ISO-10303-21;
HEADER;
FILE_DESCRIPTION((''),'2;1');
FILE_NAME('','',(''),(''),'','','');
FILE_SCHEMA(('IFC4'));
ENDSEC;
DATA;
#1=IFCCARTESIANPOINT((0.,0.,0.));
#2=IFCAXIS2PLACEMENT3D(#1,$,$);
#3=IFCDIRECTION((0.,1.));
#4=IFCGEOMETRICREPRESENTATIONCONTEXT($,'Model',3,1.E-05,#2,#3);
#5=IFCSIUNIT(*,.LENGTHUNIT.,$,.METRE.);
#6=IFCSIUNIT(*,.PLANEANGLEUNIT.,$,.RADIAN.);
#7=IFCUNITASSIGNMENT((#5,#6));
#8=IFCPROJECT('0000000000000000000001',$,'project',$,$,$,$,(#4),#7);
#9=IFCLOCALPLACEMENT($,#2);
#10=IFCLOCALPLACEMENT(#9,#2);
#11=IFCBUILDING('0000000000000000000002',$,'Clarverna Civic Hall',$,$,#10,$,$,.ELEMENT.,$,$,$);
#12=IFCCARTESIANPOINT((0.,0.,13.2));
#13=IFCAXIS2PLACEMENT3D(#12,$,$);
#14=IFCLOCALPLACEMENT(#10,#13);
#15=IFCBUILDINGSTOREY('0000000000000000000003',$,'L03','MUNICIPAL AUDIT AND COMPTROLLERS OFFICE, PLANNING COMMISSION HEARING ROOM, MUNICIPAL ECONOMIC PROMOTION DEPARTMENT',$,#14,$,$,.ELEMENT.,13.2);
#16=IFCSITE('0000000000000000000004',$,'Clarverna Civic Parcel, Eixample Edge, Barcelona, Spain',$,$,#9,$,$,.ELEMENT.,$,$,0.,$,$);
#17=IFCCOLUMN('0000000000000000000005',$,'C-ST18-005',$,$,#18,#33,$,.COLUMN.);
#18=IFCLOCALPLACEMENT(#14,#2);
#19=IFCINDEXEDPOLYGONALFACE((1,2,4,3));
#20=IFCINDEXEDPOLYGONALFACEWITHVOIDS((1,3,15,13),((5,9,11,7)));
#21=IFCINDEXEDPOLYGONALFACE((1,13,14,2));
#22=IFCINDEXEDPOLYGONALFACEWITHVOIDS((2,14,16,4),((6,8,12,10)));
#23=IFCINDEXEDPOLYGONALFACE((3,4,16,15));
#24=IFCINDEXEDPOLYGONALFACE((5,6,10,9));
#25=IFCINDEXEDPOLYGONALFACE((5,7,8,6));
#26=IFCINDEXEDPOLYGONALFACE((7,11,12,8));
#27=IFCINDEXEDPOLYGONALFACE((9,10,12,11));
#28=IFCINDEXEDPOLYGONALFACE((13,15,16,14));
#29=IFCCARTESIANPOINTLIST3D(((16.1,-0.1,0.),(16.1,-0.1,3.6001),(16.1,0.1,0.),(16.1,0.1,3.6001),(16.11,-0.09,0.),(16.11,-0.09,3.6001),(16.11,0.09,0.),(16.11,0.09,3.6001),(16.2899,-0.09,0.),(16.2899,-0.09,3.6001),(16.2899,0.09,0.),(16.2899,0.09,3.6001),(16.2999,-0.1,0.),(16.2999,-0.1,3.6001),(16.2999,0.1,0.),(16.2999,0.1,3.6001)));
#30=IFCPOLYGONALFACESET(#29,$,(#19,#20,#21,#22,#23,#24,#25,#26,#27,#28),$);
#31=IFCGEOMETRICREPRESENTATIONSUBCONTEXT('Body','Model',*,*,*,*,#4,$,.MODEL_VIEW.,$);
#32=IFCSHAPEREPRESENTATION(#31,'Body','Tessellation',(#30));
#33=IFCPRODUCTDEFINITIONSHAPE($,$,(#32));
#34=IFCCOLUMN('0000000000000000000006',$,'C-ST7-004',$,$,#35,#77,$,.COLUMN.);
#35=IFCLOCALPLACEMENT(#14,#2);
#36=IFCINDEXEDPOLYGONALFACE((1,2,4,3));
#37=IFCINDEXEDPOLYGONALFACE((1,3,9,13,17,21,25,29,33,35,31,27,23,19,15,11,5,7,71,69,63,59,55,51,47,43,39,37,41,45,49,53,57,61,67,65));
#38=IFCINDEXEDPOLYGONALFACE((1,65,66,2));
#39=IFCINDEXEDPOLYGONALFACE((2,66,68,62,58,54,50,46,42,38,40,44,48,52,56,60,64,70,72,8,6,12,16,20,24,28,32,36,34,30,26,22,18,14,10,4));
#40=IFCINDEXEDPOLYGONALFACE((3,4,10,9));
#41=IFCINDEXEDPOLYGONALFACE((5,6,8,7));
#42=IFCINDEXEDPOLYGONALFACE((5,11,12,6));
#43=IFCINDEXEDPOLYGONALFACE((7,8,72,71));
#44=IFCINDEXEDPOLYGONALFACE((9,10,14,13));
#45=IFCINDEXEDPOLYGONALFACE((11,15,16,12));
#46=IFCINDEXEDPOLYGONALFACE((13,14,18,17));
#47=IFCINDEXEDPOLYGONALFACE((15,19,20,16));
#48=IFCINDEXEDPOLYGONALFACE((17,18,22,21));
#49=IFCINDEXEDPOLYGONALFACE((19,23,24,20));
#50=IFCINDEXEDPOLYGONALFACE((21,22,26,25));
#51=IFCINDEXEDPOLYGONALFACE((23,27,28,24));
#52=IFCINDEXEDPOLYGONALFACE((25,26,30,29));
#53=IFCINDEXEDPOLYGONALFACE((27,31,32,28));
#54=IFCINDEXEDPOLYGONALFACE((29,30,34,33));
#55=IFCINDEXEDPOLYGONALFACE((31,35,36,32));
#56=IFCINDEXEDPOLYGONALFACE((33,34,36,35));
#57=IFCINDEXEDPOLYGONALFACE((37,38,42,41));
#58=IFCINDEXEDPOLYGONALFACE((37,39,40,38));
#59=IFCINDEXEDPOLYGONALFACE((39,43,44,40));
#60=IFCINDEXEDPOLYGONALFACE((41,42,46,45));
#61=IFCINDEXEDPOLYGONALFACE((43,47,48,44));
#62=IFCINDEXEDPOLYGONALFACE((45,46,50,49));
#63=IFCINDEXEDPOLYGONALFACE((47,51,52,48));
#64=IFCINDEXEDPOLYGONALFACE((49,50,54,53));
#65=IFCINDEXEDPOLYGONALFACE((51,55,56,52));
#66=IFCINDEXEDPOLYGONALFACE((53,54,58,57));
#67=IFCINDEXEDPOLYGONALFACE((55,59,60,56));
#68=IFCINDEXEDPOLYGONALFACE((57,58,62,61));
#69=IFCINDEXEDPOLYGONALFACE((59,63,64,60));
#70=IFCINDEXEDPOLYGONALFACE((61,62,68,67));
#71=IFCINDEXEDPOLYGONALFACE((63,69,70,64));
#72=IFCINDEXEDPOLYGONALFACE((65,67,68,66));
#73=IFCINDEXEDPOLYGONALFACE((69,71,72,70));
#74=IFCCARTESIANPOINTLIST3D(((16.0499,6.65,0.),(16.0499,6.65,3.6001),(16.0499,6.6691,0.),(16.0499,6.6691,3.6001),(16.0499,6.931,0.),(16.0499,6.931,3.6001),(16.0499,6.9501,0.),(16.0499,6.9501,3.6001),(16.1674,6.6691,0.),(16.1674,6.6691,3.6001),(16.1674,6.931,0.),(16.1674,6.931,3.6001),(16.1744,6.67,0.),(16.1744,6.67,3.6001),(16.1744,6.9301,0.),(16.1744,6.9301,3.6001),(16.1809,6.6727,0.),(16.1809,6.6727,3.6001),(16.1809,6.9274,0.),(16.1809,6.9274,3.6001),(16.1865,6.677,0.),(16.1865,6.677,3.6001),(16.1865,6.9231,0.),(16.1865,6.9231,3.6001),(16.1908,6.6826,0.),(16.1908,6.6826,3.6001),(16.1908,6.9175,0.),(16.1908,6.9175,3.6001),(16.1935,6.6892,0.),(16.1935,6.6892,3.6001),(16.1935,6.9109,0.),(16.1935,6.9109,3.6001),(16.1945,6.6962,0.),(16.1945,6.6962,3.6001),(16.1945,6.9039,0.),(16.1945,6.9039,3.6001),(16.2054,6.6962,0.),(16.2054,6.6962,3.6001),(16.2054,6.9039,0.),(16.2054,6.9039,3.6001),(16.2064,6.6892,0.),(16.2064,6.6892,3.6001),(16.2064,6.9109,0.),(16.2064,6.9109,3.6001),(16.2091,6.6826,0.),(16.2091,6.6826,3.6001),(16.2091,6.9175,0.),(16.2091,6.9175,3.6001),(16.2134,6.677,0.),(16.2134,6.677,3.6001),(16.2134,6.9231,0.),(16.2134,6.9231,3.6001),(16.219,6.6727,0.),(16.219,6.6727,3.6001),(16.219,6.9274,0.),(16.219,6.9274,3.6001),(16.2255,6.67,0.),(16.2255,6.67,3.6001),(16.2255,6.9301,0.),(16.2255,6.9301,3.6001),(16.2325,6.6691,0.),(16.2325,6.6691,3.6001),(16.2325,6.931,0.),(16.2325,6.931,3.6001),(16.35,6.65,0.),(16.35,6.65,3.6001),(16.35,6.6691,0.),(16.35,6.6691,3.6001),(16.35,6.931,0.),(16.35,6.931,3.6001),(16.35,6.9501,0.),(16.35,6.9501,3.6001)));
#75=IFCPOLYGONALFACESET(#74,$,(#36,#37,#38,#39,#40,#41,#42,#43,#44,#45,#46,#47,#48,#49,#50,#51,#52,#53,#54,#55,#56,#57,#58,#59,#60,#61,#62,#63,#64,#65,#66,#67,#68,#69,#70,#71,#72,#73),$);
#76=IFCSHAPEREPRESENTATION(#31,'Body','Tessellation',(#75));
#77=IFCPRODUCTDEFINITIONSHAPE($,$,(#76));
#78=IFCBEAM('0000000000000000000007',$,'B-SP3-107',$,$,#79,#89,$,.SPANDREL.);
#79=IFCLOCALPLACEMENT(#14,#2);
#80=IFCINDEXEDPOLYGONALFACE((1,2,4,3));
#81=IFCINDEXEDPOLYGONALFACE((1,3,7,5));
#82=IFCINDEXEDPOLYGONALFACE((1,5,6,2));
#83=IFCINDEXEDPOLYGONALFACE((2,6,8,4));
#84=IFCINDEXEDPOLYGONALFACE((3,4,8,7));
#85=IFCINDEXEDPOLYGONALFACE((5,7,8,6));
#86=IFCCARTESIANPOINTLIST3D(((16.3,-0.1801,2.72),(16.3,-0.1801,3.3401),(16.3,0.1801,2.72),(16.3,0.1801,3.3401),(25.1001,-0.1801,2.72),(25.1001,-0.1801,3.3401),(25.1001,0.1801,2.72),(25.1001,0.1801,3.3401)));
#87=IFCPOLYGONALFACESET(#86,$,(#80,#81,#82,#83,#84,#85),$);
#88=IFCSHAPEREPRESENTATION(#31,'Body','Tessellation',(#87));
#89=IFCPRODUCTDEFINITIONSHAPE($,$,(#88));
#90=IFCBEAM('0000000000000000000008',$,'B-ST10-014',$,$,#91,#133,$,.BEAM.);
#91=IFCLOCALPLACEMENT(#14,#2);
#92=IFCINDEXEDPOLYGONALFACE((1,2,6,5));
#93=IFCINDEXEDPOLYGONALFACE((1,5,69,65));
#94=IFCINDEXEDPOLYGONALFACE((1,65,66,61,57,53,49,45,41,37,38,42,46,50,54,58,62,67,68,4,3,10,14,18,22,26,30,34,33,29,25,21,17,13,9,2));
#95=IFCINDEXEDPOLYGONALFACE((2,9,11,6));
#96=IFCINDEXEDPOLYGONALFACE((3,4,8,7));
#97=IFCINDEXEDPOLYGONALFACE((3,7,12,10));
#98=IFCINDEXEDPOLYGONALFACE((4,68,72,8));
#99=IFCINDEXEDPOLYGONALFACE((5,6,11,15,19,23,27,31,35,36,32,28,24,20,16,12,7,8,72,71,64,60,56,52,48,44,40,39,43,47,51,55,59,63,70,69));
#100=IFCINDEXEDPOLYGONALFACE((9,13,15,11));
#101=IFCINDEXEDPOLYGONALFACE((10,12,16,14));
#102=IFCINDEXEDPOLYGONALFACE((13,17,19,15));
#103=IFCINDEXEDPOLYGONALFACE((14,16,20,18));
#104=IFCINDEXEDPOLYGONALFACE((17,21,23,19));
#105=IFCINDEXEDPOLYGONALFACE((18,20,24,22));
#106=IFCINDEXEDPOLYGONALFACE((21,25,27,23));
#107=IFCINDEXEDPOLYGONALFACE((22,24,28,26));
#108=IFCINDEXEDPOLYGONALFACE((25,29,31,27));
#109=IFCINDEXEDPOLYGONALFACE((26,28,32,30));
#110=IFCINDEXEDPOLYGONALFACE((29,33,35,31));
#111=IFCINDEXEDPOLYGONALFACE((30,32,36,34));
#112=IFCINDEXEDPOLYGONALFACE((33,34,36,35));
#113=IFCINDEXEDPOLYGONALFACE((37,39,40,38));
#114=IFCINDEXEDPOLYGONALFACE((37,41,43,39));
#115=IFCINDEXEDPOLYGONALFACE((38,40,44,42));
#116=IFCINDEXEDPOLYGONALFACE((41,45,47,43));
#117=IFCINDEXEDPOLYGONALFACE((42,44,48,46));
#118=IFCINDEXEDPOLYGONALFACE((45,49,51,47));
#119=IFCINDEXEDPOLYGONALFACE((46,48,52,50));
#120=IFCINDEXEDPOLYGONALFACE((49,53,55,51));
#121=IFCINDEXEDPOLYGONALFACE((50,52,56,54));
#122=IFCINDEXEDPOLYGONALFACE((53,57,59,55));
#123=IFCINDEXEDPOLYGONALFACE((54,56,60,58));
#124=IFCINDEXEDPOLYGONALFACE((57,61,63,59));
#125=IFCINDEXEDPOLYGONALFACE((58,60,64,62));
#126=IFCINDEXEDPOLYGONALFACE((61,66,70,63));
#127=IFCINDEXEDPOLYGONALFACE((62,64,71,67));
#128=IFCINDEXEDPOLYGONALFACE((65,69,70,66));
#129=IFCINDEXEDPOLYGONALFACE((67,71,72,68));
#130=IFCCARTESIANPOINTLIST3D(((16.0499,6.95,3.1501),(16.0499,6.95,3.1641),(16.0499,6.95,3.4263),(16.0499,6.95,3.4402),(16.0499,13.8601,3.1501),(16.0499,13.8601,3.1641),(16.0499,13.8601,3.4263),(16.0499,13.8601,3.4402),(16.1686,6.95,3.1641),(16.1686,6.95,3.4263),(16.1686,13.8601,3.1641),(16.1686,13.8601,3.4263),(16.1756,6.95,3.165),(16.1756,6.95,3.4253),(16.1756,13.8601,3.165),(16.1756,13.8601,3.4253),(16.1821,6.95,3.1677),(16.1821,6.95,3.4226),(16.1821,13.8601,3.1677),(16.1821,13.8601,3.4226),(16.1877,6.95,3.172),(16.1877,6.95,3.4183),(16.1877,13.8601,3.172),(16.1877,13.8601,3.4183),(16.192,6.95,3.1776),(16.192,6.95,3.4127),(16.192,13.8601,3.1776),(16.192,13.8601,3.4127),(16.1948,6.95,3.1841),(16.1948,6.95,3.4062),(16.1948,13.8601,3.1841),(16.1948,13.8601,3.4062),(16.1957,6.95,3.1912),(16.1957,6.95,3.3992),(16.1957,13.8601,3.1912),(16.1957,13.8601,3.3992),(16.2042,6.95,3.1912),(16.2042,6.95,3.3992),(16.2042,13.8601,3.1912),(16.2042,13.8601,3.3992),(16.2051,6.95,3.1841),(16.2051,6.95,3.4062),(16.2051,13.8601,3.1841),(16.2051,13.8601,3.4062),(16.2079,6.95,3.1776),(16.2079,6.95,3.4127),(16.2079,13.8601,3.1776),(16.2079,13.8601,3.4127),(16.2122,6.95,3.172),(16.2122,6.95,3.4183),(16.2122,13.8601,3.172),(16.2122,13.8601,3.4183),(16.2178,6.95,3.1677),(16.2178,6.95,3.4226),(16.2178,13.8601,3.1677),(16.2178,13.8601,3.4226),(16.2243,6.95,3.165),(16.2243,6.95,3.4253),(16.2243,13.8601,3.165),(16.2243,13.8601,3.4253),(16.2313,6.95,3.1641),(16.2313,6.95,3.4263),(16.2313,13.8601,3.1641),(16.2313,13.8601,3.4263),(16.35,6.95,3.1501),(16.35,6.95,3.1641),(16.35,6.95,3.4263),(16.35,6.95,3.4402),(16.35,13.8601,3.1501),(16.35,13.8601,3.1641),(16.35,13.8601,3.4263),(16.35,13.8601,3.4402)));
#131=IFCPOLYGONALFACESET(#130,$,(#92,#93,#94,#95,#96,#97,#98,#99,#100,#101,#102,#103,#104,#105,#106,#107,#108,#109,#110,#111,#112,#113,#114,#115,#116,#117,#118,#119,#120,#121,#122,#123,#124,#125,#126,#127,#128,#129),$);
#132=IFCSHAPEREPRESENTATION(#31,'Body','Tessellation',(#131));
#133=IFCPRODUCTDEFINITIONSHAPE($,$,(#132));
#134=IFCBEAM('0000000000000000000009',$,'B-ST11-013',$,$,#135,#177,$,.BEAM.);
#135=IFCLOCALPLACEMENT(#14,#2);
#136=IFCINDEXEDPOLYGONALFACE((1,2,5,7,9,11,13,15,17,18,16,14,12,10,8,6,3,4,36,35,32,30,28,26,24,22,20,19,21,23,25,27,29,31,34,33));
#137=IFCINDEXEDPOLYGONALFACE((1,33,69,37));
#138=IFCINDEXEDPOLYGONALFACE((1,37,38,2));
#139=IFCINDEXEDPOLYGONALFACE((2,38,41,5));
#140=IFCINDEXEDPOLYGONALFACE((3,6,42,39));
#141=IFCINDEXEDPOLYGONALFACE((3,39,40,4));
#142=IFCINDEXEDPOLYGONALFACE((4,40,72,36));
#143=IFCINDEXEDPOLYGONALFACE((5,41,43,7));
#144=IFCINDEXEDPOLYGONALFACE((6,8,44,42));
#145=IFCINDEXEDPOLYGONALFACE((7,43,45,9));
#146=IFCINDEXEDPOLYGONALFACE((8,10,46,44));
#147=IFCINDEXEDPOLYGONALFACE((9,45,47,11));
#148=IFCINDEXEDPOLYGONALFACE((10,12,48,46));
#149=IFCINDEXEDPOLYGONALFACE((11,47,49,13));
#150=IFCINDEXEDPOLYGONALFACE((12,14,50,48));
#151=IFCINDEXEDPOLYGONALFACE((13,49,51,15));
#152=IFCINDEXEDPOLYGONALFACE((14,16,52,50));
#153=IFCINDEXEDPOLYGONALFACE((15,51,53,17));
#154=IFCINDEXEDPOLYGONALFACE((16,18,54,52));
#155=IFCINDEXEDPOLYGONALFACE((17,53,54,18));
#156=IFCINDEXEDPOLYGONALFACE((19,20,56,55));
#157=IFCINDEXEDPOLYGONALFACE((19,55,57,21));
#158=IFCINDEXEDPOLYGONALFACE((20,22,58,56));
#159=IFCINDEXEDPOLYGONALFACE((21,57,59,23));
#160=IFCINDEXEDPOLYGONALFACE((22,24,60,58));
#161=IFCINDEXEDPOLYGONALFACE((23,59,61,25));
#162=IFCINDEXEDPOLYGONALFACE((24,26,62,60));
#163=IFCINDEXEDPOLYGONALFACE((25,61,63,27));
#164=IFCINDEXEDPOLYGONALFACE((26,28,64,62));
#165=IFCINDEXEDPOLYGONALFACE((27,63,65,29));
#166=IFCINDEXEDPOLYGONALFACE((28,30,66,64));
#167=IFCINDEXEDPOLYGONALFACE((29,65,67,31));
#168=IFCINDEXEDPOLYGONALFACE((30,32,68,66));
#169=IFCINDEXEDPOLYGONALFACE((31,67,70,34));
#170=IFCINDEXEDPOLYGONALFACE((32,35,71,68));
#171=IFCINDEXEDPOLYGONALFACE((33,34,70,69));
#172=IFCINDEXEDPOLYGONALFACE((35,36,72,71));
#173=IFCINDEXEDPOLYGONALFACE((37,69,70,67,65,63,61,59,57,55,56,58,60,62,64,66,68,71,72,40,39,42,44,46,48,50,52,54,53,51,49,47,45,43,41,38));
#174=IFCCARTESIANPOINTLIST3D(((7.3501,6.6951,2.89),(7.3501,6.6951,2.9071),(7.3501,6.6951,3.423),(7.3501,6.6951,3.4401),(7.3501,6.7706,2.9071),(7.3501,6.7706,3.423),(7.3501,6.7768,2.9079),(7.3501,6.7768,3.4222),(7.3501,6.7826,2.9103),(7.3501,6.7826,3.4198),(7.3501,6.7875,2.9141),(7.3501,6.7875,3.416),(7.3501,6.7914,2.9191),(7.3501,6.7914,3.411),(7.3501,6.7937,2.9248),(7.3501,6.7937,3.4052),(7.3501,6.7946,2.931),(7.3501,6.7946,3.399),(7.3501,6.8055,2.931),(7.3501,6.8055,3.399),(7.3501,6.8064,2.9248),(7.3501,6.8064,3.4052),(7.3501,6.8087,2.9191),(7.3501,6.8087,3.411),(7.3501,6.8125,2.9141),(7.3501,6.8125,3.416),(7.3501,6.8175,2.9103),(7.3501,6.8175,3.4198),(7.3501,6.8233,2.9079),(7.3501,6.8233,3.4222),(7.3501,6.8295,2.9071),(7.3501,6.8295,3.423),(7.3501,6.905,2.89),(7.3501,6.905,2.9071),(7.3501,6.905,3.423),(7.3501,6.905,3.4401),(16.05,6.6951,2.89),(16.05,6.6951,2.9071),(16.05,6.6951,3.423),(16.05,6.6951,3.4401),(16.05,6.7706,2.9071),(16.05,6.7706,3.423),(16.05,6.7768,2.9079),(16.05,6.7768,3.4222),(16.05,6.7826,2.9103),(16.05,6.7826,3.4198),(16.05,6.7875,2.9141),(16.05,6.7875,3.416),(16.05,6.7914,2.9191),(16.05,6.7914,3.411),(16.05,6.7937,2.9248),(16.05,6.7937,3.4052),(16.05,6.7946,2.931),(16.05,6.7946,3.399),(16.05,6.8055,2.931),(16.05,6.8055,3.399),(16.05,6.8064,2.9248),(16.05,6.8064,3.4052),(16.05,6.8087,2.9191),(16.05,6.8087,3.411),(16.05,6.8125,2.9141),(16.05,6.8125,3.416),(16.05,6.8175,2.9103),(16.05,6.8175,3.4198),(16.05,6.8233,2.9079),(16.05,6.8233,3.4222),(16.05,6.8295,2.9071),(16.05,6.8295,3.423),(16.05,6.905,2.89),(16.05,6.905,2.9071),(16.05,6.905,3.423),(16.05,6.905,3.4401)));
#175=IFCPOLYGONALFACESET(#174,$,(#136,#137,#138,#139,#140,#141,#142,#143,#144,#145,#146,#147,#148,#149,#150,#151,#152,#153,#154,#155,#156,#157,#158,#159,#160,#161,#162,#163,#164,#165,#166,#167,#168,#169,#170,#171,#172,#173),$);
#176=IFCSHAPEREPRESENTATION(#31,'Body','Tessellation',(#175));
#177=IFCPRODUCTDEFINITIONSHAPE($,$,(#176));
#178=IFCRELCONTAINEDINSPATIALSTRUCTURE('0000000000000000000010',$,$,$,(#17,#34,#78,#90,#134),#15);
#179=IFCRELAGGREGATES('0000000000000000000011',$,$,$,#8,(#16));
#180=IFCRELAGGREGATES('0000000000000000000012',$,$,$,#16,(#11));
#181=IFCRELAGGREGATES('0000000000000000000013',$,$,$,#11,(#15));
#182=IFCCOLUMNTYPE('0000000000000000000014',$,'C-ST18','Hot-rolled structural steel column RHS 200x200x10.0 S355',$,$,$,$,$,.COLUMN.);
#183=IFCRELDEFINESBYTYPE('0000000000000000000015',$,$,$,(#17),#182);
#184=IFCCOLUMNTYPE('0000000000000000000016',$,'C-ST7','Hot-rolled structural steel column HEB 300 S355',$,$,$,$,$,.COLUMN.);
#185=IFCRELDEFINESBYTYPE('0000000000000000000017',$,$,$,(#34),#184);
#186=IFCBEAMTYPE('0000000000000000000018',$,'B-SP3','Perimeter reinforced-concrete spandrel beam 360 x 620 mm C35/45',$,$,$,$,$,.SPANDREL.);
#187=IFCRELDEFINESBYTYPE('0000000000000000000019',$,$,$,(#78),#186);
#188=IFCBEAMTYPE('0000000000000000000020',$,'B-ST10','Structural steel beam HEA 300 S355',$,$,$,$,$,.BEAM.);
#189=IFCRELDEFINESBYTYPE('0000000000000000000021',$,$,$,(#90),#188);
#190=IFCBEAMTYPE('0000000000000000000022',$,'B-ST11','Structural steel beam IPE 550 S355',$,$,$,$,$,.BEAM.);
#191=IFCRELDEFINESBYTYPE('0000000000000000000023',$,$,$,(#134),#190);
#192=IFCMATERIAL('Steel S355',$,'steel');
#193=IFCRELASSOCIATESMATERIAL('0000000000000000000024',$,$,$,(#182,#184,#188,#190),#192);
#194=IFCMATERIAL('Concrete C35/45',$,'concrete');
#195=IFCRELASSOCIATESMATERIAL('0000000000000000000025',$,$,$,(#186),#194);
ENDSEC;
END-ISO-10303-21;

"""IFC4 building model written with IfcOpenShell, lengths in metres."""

from ifc_helpers import new_model, si_unit, direction, frame, origin, origin_2d, place, context, subcontext, project, spatial, rectangle, hollow_rectangle, i_section, extrude, material, material_profile, profile_set, type_object, element, save


model = new_model("IFC4")

# Units and contexts
model_context = context("Model", 3, precision=1e-05, world=origin(), true_north=direction((0.0, 1.0)))
body_context = subcontext(model_context, "Body", "Model", "MODEL_VIEW")
ifc_project = project(units=[si_unit("LENGTHUNIT", "METRE"), si_unit("PLANEANGLEUNIT", "RADIAN")], contexts=[model_context])

# Site, building, storey
site_placement = place(None, origin())
site = spatial("IfcSite", under=ifc_project, at=site_placement, Name="Clarverna Civic Parcel, Eixample Edge, Barcelona, Spain", CompositionType="ELEMENT", RefElevation=0.0)
building_placement = place(site_placement, origin())
building = spatial("IfcBuilding", under=site, at=building_placement, Name="Clarverna Civic Hall", CompositionType="ELEMENT")
storey_placement = place(building_placement, frame((0.0, 0.0, 13.2)))
storey = spatial("IfcBuildingStorey", under=building, at=storey_placement, Name="L03", Description="MUNICIPAL AUDIT AND COMPTROLLERS OFFICE, PLANNING COMMISSION HEARING ROOM, MUNICIPAL ECONOMIC PROMOTION DEPARTMENT", CompositionType="ELEMENT", Elevation=13.2)

# Columns
ifc_material_1 = material(Name="Steel S355", Category="steel")
ifc_material_profile_1 = material_profile(ifc_material_1, hollow_rectangle(XDim=0.2, YDim=0.2, WallThickness=0.01, at=origin_2d()), Name="RHS 200x200x10.0")
ifc_profile_set_1 = profile_set([ifc_material_profile_1], Name="Steel S355")
column_type_1 = type_object("IfcColumnType", Name="C-ST18", Description="Hot-rolled structural steel column RHS 200x200x10.0 S355", PredefinedType="COLUMN", material=ifc_profile_set_1)
column_1_placement = place(storey_placement, frame((16.2, 0.0, 0.0), z_axis=(0.0, 0.0, 1.0), x_axis=(1.0, 0.0, 0.0)))
element("IfcColumn", 1, at=column_1_placement, inside=storey, type_object=column_type_1, Name="C-ST18-005", PredefinedType="COLUMN", context=body_context, shape_type="SweptSolid", body=[
    extrude(hollow_rectangle(XDim=0.2, YDim=0.2, WallThickness=0.01, at=origin_2d()), origin(), (0.0, 0.0, 1.0), 3.6001),
])
ifc_material_profile_2 = material_profile(ifc_material_1, i_section(OverallWidth=0.3, OverallDepth=0.3, WebThickness=0.011, FlangeThickness=0.019, FilletRadius=0.0271, at=origin_2d()), Name="HEB 300")
ifc_profile_set_2 = profile_set([ifc_material_profile_2], Name="Steel S355")
column_type_2 = type_object("IfcColumnType", Name="C-ST7", Description="Hot-rolled structural steel column HEB 300 S355", PredefinedType="COLUMN", material=ifc_profile_set_2)
column_2_placement = place(storey_placement, frame((16.2, 6.8, 0.0), z_axis=(0.0, 0.0, 1.0), x_axis=(1.0, 0.0, 0.0)))
element("IfcColumn", 2, at=column_2_placement, inside=storey, type_object=column_type_2, Name="C-ST7-004", PredefinedType="COLUMN", context=body_context, shape_type="SweptSolid", body=[
    extrude(i_section(OverallWidth=0.3, OverallDepth=0.3, WebThickness=0.011, FlangeThickness=0.019, FilletRadius=0.0271, at=origin_2d()), origin(), (0.0, 0.0, 1.0), 3.6001),
])

# Beams
ifc_material_2 = material(Name="Concrete C35/45", Category="concrete")
ifc_material_profile_3 = material_profile(ifc_material_2, rectangle(XDim=0.3601, YDim=0.6201, at=origin_2d()), Name="RC 360x620")
ifc_profile_set_3 = profile_set([ifc_material_profile_3], Name="Concrete C35/45")
beam_type_1 = type_object("IfcBeamType", Name="B-SP3", Description="Perimeter reinforced-concrete spandrel beam 360 x 620 mm C35/45", PredefinedType="SPANDREL", material=ifc_profile_set_3)
beam_1_placement = place(storey_placement, frame((16.3, 0.0, 3.03), z_axis=(1.0, 0.0, 0.0), x_axis=(0.0, 1.0, 0.0)))
element("IfcBeam", 3, at=beam_1_placement, inside=storey, type_object=beam_type_1, Name="B-SP3-107", PredefinedType="SPANDREL", context=body_context, shape_type="SweptSolid", body=[
    extrude(rectangle(XDim=0.3601, YDim=0.6201, at=origin_2d()), origin(), (0.0, 0.0, 1.0), 8.8),
])
ifc_material_profile_4 = material_profile(ifc_material_1, i_section(OverallWidth=0.3, OverallDepth=0.29, WebThickness=0.0085, FlangeThickness=0.0139, FilletRadius=0.0271, at=origin_2d()), Name="HEA 300")
ifc_profile_set_4 = profile_set([ifc_material_profile_4], Name="Steel S355")
beam_type_2 = type_object("IfcBeamType", Name="B-ST10", Description="Structural steel beam HEA 300 S355", PredefinedType="BEAM", material=ifc_profile_set_4)
beam_2_placement = place(storey_placement, frame((16.2, 6.95, 3.2952), z_axis=(0.0, 1.0, 0.0), x_axis=(-1.0, 0.0, 0.0)))
element("IfcBeam", 4, at=beam_2_placement, inside=storey, type_object=beam_type_2, Name="B-ST10-014", PredefinedType="BEAM", context=body_context, shape_type="SweptSolid", body=[
    extrude(i_section(OverallWidth=0.3, OverallDepth=0.29, WebThickness=0.0085, FlangeThickness=0.0139, FilletRadius=0.0271, at=origin_2d()), origin(), (0.0, 0.0, 1.0), 6.9102),
])
ifc_material_profile_5 = material_profile(ifc_material_1, i_section(OverallWidth=0.21, OverallDepth=0.55, WebThickness=0.011, FlangeThickness=0.0171, FilletRadius=0.0239, at=origin_2d()), Name="IPE 550")
ifc_profile_set_5 = profile_set([ifc_material_profile_5], Name="Steel S355")
beam_type_3 = type_object("IfcBeamType", Name="B-ST11", Description="Structural steel beam IPE 550 S355", PredefinedType="BEAM", material=ifc_profile_set_5)
beam_3_placement = place(storey_placement, frame((7.3501, 6.8, 3.165), z_axis=(1.0, 0.0, 0.0), x_axis=(0.0, 1.0, 0.0)))
element("IfcBeam", 5, at=beam_3_placement, inside=storey, type_object=beam_type_3, Name="B-ST11-013", PredefinedType="BEAM", context=body_context, shape_type="SweptSolid", body=[
    extrude(i_section(OverallWidth=0.21, OverallDepth=0.55, WebThickness=0.011, FlangeThickness=0.0171, FilletRadius=0.0239, at=origin_2d()), origin(), (0.0, 0.0, 1.0), 8.7),
])

save(model, "model.ifc")
